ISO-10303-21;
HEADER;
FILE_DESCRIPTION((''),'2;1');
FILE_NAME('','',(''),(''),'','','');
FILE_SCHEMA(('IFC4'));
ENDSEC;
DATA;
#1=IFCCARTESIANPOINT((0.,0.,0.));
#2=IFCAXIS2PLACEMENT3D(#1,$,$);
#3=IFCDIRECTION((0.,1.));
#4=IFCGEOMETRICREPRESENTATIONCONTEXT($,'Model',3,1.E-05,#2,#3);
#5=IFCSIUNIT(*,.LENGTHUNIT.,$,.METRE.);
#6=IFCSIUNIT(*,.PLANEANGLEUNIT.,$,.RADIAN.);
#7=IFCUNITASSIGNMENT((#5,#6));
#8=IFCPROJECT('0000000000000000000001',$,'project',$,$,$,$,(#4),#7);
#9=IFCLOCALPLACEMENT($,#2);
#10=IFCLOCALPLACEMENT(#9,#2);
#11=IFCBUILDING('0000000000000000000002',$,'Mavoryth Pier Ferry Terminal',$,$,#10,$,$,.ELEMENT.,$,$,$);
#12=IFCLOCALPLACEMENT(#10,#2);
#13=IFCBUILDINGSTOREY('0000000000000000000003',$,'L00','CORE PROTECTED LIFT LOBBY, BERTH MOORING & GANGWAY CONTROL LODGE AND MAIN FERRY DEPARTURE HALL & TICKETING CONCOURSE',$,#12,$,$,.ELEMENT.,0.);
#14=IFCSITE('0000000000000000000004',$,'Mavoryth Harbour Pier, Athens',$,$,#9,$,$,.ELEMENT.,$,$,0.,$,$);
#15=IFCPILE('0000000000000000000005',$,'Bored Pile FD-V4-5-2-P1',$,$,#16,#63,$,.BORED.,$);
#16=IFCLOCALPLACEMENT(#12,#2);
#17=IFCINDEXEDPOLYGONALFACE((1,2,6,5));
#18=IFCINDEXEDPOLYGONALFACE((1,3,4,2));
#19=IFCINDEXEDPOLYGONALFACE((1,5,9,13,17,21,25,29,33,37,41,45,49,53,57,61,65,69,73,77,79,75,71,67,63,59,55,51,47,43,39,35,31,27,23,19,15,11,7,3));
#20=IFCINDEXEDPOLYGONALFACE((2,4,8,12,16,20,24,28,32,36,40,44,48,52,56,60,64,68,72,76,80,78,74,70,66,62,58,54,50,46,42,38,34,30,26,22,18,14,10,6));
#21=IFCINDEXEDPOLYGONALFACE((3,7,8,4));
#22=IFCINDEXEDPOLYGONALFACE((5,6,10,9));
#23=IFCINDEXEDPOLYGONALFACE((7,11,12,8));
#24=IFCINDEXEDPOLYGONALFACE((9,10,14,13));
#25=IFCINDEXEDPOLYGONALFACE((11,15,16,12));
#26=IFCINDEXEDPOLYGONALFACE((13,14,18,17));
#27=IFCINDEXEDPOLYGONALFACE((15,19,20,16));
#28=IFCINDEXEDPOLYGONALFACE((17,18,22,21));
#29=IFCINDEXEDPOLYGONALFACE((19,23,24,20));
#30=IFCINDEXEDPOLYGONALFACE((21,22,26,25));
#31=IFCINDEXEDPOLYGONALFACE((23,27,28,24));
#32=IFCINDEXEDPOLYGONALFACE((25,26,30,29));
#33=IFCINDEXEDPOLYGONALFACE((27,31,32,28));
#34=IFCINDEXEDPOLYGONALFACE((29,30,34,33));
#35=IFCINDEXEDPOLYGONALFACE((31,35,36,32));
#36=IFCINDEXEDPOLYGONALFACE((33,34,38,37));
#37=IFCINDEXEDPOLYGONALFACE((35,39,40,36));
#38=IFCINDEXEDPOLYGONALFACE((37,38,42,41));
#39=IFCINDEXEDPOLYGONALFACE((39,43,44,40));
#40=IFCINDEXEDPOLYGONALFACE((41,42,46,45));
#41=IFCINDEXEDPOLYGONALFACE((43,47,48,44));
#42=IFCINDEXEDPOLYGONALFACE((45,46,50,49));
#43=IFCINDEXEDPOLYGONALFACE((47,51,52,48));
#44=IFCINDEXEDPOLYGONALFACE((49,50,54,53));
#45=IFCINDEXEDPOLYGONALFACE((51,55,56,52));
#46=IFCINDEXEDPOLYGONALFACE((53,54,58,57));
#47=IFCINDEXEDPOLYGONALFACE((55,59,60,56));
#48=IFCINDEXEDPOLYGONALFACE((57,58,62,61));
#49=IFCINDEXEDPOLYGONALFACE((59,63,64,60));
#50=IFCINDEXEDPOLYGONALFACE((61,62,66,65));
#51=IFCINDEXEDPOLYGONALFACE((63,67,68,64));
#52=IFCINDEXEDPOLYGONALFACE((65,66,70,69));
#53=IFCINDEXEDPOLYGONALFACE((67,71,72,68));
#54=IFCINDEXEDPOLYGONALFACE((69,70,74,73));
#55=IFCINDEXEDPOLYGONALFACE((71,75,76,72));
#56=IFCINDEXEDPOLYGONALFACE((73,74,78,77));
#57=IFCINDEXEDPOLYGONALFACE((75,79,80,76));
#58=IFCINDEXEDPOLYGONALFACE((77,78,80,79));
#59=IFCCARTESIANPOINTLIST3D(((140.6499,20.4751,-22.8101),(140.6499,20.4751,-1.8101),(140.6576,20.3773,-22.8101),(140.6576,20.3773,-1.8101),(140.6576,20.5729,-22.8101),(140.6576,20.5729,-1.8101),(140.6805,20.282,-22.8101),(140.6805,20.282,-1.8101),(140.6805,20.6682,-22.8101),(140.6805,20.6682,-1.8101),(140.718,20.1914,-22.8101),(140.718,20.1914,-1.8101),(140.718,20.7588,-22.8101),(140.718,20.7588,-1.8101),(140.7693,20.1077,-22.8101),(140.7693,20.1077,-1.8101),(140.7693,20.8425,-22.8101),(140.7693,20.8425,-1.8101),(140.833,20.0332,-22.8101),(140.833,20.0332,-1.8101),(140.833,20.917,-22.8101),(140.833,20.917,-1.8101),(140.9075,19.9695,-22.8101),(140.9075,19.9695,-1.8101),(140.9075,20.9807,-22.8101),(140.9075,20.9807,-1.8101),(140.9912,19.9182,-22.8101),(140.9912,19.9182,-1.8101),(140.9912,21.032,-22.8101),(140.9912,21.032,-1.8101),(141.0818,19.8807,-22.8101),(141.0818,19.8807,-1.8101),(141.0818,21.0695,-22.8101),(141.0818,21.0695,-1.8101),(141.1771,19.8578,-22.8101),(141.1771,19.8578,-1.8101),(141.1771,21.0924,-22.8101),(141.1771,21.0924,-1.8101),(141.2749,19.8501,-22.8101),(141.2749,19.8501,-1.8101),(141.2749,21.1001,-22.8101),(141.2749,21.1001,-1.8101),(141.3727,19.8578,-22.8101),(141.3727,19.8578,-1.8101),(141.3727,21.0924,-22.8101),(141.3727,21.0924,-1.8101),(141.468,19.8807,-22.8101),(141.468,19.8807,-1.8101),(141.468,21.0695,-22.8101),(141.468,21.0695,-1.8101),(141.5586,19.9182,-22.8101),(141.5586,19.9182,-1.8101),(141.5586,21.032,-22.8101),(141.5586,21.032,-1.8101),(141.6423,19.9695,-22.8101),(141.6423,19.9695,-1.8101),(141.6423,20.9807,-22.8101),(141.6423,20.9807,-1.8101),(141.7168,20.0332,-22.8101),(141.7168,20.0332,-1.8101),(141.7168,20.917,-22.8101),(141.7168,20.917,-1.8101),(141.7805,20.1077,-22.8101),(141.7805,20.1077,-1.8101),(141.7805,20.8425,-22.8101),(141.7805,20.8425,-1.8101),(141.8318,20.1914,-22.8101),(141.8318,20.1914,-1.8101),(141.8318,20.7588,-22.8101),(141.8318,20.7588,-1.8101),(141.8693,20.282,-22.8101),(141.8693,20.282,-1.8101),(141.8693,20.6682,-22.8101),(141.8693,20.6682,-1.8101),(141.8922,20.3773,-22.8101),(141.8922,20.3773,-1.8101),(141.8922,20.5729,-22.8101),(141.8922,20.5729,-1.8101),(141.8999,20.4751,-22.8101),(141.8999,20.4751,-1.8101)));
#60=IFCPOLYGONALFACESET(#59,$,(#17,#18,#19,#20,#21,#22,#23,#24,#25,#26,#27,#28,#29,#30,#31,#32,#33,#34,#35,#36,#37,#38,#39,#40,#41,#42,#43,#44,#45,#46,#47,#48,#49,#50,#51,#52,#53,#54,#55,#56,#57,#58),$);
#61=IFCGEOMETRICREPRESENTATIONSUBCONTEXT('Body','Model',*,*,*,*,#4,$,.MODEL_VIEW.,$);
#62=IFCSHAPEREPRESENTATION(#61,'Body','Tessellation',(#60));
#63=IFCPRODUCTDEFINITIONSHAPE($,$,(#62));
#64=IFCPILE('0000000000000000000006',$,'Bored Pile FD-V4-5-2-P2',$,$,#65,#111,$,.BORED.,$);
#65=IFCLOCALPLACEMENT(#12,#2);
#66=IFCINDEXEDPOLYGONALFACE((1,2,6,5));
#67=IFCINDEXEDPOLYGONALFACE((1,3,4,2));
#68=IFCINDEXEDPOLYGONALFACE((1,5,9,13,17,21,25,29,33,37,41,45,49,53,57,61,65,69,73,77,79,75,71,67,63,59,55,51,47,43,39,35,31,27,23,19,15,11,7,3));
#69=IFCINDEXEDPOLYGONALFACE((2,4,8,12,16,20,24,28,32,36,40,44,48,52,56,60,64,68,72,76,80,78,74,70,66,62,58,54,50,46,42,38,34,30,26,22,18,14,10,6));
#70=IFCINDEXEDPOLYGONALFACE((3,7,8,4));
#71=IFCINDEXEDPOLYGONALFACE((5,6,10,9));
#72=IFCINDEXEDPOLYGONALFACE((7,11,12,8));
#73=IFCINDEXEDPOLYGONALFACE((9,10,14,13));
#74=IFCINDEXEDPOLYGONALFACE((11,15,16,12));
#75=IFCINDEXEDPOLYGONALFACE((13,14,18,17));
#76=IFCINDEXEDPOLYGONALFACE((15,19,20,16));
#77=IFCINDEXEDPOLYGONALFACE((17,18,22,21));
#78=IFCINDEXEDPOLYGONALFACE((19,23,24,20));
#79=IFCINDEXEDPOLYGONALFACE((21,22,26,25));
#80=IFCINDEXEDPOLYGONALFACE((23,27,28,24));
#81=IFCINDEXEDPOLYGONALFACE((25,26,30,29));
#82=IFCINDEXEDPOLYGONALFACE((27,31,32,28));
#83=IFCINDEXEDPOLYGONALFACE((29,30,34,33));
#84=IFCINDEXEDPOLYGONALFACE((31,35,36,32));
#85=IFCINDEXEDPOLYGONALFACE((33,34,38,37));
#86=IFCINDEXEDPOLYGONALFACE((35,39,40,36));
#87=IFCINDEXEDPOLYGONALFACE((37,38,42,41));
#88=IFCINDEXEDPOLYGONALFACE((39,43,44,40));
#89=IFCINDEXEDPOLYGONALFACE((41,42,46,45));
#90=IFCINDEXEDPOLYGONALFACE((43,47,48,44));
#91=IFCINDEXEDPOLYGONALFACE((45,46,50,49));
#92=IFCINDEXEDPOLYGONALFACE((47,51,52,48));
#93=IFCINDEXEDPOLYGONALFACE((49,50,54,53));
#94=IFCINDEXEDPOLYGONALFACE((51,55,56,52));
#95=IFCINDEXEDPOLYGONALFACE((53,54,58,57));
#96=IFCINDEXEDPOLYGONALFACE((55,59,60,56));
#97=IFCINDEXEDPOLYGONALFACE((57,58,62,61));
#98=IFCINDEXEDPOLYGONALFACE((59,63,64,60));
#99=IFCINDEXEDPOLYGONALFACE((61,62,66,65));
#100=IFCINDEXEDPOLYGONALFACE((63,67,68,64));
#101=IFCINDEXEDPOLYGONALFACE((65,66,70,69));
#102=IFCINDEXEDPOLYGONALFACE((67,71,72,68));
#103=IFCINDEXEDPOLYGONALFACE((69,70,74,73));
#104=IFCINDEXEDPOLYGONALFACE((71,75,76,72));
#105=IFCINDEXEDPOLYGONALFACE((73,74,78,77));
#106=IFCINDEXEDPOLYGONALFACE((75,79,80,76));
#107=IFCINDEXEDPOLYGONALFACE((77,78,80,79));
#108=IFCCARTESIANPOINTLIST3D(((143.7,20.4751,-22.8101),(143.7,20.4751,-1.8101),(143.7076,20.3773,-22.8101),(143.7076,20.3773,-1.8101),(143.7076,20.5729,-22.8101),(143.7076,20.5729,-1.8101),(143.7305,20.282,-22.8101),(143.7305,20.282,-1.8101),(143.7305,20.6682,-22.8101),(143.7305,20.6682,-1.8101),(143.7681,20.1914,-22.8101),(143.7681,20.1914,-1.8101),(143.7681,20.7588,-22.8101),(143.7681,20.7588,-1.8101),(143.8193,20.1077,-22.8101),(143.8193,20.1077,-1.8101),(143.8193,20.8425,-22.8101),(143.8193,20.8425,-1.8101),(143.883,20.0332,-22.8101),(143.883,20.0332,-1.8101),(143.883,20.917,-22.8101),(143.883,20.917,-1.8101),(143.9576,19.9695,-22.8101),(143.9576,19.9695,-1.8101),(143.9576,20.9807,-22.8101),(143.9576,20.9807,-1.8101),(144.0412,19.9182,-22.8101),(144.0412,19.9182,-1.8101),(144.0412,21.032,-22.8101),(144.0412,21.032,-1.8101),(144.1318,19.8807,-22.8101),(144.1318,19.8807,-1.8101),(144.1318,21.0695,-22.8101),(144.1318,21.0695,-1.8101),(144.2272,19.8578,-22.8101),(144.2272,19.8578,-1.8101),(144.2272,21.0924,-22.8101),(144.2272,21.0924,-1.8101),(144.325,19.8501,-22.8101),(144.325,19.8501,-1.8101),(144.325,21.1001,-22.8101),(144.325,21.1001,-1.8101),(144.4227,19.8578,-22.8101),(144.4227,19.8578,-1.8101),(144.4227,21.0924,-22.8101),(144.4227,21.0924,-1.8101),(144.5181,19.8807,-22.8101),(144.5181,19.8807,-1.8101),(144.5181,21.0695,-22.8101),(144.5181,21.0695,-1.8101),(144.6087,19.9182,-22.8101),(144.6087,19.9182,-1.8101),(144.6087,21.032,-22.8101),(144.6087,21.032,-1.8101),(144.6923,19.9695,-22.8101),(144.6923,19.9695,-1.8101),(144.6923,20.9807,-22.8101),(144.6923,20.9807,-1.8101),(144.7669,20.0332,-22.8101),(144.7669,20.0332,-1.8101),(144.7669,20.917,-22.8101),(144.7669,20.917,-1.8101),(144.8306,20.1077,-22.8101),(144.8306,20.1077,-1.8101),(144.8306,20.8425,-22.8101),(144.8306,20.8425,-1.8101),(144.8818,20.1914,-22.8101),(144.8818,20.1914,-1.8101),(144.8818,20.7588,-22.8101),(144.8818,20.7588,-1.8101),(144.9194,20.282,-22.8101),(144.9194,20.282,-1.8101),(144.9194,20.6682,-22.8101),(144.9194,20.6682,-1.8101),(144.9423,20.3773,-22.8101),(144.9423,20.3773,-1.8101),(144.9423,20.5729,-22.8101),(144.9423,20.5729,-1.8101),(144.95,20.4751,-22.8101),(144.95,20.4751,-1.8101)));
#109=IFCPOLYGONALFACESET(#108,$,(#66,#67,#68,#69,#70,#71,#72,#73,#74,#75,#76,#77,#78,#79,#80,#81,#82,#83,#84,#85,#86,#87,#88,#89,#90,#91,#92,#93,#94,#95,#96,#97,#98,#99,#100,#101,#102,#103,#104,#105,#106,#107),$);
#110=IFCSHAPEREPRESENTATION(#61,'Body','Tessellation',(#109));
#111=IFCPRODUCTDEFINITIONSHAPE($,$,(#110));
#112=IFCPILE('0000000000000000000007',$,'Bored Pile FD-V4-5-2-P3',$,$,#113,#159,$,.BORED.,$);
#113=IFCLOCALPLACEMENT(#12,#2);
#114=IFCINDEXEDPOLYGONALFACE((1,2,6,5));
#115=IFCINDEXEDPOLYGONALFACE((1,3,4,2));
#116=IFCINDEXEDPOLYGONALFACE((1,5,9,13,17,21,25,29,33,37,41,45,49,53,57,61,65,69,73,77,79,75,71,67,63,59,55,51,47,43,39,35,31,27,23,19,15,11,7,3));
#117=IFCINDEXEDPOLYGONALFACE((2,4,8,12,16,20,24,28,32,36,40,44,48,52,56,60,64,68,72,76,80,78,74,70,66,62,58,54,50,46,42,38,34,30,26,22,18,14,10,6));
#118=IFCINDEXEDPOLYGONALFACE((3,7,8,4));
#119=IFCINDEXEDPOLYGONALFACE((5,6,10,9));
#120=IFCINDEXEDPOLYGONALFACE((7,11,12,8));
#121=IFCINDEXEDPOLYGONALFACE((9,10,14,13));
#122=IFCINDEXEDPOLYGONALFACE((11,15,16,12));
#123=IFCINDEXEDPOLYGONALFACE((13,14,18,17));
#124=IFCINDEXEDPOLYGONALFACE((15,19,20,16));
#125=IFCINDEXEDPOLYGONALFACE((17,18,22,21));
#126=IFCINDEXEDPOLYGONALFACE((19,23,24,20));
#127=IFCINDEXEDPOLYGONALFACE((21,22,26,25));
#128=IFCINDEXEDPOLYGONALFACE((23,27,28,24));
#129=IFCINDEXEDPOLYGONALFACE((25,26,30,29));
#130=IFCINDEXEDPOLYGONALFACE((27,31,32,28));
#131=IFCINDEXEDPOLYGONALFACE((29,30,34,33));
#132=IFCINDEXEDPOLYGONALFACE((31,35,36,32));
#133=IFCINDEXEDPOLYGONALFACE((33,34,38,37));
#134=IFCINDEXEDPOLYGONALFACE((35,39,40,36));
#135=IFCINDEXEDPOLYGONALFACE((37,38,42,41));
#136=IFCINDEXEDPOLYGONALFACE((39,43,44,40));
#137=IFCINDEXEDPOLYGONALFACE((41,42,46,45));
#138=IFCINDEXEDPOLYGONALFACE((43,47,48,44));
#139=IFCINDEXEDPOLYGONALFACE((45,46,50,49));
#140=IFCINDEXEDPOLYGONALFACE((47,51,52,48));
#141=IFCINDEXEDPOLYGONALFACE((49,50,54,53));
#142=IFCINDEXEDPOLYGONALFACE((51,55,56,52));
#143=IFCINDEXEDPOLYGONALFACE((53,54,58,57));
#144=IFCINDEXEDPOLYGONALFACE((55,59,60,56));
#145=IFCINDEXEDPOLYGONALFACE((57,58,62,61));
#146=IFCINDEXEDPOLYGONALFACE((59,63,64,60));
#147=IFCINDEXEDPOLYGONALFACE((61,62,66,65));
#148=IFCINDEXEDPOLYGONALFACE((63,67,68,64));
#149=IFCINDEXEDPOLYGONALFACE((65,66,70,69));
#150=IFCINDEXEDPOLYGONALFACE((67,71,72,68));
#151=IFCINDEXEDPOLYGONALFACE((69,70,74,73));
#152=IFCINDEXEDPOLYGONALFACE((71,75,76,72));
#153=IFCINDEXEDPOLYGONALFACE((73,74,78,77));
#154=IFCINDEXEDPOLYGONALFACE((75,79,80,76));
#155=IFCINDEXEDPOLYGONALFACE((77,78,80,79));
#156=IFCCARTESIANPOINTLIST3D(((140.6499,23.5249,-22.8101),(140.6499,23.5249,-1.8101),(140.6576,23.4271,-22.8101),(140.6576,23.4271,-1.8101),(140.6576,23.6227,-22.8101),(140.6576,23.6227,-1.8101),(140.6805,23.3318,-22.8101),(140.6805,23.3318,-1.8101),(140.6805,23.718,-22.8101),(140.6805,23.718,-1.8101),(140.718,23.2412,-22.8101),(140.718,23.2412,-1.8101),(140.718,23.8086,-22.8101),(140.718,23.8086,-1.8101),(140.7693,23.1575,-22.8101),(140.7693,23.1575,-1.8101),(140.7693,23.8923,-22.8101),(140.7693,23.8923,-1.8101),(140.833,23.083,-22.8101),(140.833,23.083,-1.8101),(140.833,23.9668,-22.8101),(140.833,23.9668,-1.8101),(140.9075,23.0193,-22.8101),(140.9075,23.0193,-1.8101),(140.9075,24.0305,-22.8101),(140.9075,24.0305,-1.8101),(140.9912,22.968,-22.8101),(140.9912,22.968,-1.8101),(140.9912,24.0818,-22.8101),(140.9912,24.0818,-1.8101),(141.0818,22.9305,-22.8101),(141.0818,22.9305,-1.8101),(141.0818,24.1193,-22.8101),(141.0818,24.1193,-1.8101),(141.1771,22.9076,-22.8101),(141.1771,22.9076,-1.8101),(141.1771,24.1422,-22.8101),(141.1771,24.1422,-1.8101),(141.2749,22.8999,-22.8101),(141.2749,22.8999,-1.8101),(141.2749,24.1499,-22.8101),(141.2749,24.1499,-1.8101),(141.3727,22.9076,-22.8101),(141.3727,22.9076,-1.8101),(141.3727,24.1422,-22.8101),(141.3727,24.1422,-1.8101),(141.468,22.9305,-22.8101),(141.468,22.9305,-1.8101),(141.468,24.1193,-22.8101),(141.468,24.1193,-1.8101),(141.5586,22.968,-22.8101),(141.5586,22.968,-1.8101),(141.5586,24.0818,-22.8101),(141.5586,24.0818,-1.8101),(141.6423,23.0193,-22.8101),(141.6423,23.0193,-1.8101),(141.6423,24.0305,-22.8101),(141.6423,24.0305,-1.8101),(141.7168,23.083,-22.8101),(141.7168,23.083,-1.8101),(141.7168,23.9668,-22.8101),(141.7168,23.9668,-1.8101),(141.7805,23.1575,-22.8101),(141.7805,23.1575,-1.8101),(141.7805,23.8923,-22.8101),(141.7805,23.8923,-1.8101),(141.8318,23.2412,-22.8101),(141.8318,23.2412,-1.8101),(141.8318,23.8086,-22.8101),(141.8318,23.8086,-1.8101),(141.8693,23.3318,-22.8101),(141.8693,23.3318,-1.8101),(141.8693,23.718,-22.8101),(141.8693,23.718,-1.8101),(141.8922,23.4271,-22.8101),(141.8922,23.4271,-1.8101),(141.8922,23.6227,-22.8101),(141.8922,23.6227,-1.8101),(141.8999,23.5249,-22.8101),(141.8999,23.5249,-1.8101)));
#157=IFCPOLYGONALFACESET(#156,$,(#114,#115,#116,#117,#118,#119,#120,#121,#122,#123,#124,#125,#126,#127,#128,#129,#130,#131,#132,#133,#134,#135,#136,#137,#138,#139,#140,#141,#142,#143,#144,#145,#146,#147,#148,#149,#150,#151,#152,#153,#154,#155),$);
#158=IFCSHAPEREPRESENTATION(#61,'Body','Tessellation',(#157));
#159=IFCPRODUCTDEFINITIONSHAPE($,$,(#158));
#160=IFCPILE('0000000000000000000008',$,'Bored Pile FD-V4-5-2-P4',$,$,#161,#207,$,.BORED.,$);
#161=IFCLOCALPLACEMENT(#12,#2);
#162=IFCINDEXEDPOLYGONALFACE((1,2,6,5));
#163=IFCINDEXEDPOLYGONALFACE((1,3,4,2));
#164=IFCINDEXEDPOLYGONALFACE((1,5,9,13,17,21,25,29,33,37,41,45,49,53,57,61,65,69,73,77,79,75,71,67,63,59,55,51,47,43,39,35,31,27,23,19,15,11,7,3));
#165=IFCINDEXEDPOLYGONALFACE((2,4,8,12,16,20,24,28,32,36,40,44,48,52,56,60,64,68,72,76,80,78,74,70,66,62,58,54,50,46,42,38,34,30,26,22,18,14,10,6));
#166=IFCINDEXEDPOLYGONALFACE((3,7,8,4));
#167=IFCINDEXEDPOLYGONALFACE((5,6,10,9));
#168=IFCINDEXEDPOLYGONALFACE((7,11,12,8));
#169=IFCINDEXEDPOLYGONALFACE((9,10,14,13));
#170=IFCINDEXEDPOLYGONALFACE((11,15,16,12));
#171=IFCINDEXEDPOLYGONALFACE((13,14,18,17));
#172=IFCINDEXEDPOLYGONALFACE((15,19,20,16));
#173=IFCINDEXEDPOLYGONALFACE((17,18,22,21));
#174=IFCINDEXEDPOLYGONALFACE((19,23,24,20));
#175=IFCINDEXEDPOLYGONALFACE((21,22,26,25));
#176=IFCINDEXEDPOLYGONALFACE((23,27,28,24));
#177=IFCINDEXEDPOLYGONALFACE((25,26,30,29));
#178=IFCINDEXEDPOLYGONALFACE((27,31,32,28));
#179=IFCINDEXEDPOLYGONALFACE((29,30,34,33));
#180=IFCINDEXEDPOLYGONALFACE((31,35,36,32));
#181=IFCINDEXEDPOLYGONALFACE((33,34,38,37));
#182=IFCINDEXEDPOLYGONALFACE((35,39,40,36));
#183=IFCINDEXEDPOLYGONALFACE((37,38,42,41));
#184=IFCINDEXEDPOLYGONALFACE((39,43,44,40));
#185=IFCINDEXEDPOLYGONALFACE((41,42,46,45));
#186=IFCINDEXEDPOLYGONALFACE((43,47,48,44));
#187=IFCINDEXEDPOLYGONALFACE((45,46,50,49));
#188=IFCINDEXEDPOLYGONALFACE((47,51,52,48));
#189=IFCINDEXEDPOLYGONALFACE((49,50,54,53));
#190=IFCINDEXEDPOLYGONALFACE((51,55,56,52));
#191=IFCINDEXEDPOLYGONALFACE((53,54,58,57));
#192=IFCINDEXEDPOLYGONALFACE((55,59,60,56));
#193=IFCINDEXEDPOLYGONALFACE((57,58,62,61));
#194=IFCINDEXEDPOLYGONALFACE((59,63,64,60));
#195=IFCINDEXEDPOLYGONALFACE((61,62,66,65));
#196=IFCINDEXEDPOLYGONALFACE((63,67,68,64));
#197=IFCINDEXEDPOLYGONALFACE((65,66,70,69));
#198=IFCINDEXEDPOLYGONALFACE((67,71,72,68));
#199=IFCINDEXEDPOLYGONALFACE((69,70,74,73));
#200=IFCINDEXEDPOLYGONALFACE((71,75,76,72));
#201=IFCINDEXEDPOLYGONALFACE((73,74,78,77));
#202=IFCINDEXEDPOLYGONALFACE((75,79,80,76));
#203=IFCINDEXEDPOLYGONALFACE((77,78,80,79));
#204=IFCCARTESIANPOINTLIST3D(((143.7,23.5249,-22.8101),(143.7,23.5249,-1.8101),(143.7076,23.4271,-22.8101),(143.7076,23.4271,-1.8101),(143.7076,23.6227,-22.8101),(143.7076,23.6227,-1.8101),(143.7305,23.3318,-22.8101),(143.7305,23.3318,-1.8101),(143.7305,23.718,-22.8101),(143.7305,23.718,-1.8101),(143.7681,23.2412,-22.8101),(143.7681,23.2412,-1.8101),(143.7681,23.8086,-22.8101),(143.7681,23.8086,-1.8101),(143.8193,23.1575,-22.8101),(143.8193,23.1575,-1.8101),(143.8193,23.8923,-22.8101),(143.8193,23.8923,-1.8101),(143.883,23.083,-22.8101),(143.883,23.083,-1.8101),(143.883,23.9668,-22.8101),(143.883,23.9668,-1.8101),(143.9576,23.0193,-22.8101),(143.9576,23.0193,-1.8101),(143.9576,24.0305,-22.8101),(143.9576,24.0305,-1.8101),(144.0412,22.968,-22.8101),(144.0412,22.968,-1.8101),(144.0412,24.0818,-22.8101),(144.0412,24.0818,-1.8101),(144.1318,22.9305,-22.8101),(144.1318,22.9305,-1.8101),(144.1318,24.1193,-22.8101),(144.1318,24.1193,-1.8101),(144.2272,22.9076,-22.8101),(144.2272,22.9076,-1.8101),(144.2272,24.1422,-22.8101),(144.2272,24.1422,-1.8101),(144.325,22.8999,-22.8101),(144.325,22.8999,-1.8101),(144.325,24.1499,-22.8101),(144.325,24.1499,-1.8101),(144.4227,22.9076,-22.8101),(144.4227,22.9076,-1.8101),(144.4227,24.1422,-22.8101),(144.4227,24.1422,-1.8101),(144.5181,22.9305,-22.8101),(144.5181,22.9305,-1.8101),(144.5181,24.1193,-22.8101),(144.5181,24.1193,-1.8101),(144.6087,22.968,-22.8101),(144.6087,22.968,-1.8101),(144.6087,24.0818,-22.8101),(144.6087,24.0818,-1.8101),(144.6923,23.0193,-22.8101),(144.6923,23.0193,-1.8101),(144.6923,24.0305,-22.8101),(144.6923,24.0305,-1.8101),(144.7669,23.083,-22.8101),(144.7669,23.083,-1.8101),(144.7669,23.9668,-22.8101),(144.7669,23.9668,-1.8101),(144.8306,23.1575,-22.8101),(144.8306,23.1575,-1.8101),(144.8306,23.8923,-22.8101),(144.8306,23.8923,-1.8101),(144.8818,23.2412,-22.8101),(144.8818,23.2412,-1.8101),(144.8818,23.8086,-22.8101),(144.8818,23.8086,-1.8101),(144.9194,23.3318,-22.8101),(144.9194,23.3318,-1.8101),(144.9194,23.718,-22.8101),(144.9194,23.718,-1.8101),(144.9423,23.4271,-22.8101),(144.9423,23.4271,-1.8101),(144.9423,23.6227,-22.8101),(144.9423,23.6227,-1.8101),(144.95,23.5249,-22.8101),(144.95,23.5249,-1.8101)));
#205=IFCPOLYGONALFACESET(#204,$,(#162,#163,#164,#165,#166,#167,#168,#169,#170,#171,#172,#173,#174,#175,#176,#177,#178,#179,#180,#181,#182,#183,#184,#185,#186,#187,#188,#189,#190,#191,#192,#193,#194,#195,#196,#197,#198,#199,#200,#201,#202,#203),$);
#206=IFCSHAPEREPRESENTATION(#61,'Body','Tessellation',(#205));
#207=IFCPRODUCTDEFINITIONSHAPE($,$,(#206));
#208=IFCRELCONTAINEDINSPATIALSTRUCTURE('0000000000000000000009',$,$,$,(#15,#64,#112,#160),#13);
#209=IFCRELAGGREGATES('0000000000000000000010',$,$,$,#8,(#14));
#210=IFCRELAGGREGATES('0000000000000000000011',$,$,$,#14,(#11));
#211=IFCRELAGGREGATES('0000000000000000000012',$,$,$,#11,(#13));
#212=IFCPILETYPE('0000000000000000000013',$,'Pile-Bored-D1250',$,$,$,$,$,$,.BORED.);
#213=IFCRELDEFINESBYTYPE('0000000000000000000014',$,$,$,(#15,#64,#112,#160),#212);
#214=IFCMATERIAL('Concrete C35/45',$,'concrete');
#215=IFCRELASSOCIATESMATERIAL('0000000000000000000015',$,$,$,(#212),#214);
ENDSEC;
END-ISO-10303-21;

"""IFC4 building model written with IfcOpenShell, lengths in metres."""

from ifc_helpers import new_model, si_unit, direction, frame, origin, origin_2d, place, context, subcontext, project, spatial, circle, extrude, material, material_profile, profile_set, type_object, element, save


model = new_model("IFC4")

# Units and contexts
model_context = context("Model", 3, precision=1e-05, world=origin(), true_north=direction((0.0, 1.0)))
body_context = subcontext(model_context, "Body", "Model", "MODEL_VIEW")
ifc_project = project(units=[si_unit("LENGTHUNIT", "METRE"), si_unit("PLANEANGLEUNIT", "RADIAN")], contexts=[model_context])

# Site, building, storey
site_placement = place(None, origin())
site = spatial("IfcSite", under=ifc_project, at=site_placement, Name="Mavoryth Harbour Pier, Athens", CompositionType="ELEMENT", RefElevation=0.0)
building_placement = place(site_placement, origin())
building = spatial("IfcBuilding", under=site, at=building_placement, Name="Mavoryth Pier Ferry Terminal", CompositionType="ELEMENT")
storey_placement = place(building_placement, origin())
storey = spatial("IfcBuildingStorey", under=building, at=storey_placement, Name="L00", Description="CORE PROTECTED LIFT LOBBY, BERTH MOORING & GANGWAY CONTROL LODGE AND MAIN FERRY DEPARTURE HALL & TICKETING CONCOURSE", CompositionType="ELEMENT", Elevation=0.0)

# Shared definitions
ifc_material_1 = material(Name="Concrete C35/45", Category="concrete")

# Piles
ifc_material_profile_1 = material_profile(ifc_material_1, circle(Radius=0.625, at=origin_2d()), Name="PILE D1250", Category="concrete")
ifc_profile_set_1 = profile_set([ifc_material_profile_1], Name="Concrete C35/45 - PILE D1250")
pile_type = type_object("IfcPileType", Name="Pile-Bored-D1250", PredefinedType="BORED", material=ifc_profile_set_1)
for number, where, z_axis, x_axis, name in (
    (1, (141.2749, 20.4751, -1.8101), (0.0, 0.0, -1.0), (1.0, 0.0, 0.0), "Bored Pile FD-V4-5-2-P1"),
    (2, (144.325, 20.4751, -1.8101), (0.0, 0.0, -1.0), (1.0, 0.0, 0.0), "Bored Pile FD-V4-5-2-P2"),
    (3, (141.2749, 23.5249, -1.8101), (0.0, 0.0, -1.0), (1.0, 0.0, 0.0), "Bored Pile FD-V4-5-2-P3"),
    (4, (144.325, 23.5249, -1.8101), (0.0, 0.0, -1.0), (1.0, 0.0, 0.0), "Bored Pile FD-V4-5-2-P4"),
):
    element("IfcPile", number, at=place(storey_placement, frame(where, z_axis=z_axis, x_axis=x_axis)), inside=storey, type_object=pile_type, Name=name, PredefinedType="BORED", context=body_context, shape_type="SweptSolid", body=[
        extrude(circle(Radius=0.625, at=origin_2d()), origin(), (0.0, 0.0, 1.0), 21.0),
    ])

save(model, "model.ifc")
